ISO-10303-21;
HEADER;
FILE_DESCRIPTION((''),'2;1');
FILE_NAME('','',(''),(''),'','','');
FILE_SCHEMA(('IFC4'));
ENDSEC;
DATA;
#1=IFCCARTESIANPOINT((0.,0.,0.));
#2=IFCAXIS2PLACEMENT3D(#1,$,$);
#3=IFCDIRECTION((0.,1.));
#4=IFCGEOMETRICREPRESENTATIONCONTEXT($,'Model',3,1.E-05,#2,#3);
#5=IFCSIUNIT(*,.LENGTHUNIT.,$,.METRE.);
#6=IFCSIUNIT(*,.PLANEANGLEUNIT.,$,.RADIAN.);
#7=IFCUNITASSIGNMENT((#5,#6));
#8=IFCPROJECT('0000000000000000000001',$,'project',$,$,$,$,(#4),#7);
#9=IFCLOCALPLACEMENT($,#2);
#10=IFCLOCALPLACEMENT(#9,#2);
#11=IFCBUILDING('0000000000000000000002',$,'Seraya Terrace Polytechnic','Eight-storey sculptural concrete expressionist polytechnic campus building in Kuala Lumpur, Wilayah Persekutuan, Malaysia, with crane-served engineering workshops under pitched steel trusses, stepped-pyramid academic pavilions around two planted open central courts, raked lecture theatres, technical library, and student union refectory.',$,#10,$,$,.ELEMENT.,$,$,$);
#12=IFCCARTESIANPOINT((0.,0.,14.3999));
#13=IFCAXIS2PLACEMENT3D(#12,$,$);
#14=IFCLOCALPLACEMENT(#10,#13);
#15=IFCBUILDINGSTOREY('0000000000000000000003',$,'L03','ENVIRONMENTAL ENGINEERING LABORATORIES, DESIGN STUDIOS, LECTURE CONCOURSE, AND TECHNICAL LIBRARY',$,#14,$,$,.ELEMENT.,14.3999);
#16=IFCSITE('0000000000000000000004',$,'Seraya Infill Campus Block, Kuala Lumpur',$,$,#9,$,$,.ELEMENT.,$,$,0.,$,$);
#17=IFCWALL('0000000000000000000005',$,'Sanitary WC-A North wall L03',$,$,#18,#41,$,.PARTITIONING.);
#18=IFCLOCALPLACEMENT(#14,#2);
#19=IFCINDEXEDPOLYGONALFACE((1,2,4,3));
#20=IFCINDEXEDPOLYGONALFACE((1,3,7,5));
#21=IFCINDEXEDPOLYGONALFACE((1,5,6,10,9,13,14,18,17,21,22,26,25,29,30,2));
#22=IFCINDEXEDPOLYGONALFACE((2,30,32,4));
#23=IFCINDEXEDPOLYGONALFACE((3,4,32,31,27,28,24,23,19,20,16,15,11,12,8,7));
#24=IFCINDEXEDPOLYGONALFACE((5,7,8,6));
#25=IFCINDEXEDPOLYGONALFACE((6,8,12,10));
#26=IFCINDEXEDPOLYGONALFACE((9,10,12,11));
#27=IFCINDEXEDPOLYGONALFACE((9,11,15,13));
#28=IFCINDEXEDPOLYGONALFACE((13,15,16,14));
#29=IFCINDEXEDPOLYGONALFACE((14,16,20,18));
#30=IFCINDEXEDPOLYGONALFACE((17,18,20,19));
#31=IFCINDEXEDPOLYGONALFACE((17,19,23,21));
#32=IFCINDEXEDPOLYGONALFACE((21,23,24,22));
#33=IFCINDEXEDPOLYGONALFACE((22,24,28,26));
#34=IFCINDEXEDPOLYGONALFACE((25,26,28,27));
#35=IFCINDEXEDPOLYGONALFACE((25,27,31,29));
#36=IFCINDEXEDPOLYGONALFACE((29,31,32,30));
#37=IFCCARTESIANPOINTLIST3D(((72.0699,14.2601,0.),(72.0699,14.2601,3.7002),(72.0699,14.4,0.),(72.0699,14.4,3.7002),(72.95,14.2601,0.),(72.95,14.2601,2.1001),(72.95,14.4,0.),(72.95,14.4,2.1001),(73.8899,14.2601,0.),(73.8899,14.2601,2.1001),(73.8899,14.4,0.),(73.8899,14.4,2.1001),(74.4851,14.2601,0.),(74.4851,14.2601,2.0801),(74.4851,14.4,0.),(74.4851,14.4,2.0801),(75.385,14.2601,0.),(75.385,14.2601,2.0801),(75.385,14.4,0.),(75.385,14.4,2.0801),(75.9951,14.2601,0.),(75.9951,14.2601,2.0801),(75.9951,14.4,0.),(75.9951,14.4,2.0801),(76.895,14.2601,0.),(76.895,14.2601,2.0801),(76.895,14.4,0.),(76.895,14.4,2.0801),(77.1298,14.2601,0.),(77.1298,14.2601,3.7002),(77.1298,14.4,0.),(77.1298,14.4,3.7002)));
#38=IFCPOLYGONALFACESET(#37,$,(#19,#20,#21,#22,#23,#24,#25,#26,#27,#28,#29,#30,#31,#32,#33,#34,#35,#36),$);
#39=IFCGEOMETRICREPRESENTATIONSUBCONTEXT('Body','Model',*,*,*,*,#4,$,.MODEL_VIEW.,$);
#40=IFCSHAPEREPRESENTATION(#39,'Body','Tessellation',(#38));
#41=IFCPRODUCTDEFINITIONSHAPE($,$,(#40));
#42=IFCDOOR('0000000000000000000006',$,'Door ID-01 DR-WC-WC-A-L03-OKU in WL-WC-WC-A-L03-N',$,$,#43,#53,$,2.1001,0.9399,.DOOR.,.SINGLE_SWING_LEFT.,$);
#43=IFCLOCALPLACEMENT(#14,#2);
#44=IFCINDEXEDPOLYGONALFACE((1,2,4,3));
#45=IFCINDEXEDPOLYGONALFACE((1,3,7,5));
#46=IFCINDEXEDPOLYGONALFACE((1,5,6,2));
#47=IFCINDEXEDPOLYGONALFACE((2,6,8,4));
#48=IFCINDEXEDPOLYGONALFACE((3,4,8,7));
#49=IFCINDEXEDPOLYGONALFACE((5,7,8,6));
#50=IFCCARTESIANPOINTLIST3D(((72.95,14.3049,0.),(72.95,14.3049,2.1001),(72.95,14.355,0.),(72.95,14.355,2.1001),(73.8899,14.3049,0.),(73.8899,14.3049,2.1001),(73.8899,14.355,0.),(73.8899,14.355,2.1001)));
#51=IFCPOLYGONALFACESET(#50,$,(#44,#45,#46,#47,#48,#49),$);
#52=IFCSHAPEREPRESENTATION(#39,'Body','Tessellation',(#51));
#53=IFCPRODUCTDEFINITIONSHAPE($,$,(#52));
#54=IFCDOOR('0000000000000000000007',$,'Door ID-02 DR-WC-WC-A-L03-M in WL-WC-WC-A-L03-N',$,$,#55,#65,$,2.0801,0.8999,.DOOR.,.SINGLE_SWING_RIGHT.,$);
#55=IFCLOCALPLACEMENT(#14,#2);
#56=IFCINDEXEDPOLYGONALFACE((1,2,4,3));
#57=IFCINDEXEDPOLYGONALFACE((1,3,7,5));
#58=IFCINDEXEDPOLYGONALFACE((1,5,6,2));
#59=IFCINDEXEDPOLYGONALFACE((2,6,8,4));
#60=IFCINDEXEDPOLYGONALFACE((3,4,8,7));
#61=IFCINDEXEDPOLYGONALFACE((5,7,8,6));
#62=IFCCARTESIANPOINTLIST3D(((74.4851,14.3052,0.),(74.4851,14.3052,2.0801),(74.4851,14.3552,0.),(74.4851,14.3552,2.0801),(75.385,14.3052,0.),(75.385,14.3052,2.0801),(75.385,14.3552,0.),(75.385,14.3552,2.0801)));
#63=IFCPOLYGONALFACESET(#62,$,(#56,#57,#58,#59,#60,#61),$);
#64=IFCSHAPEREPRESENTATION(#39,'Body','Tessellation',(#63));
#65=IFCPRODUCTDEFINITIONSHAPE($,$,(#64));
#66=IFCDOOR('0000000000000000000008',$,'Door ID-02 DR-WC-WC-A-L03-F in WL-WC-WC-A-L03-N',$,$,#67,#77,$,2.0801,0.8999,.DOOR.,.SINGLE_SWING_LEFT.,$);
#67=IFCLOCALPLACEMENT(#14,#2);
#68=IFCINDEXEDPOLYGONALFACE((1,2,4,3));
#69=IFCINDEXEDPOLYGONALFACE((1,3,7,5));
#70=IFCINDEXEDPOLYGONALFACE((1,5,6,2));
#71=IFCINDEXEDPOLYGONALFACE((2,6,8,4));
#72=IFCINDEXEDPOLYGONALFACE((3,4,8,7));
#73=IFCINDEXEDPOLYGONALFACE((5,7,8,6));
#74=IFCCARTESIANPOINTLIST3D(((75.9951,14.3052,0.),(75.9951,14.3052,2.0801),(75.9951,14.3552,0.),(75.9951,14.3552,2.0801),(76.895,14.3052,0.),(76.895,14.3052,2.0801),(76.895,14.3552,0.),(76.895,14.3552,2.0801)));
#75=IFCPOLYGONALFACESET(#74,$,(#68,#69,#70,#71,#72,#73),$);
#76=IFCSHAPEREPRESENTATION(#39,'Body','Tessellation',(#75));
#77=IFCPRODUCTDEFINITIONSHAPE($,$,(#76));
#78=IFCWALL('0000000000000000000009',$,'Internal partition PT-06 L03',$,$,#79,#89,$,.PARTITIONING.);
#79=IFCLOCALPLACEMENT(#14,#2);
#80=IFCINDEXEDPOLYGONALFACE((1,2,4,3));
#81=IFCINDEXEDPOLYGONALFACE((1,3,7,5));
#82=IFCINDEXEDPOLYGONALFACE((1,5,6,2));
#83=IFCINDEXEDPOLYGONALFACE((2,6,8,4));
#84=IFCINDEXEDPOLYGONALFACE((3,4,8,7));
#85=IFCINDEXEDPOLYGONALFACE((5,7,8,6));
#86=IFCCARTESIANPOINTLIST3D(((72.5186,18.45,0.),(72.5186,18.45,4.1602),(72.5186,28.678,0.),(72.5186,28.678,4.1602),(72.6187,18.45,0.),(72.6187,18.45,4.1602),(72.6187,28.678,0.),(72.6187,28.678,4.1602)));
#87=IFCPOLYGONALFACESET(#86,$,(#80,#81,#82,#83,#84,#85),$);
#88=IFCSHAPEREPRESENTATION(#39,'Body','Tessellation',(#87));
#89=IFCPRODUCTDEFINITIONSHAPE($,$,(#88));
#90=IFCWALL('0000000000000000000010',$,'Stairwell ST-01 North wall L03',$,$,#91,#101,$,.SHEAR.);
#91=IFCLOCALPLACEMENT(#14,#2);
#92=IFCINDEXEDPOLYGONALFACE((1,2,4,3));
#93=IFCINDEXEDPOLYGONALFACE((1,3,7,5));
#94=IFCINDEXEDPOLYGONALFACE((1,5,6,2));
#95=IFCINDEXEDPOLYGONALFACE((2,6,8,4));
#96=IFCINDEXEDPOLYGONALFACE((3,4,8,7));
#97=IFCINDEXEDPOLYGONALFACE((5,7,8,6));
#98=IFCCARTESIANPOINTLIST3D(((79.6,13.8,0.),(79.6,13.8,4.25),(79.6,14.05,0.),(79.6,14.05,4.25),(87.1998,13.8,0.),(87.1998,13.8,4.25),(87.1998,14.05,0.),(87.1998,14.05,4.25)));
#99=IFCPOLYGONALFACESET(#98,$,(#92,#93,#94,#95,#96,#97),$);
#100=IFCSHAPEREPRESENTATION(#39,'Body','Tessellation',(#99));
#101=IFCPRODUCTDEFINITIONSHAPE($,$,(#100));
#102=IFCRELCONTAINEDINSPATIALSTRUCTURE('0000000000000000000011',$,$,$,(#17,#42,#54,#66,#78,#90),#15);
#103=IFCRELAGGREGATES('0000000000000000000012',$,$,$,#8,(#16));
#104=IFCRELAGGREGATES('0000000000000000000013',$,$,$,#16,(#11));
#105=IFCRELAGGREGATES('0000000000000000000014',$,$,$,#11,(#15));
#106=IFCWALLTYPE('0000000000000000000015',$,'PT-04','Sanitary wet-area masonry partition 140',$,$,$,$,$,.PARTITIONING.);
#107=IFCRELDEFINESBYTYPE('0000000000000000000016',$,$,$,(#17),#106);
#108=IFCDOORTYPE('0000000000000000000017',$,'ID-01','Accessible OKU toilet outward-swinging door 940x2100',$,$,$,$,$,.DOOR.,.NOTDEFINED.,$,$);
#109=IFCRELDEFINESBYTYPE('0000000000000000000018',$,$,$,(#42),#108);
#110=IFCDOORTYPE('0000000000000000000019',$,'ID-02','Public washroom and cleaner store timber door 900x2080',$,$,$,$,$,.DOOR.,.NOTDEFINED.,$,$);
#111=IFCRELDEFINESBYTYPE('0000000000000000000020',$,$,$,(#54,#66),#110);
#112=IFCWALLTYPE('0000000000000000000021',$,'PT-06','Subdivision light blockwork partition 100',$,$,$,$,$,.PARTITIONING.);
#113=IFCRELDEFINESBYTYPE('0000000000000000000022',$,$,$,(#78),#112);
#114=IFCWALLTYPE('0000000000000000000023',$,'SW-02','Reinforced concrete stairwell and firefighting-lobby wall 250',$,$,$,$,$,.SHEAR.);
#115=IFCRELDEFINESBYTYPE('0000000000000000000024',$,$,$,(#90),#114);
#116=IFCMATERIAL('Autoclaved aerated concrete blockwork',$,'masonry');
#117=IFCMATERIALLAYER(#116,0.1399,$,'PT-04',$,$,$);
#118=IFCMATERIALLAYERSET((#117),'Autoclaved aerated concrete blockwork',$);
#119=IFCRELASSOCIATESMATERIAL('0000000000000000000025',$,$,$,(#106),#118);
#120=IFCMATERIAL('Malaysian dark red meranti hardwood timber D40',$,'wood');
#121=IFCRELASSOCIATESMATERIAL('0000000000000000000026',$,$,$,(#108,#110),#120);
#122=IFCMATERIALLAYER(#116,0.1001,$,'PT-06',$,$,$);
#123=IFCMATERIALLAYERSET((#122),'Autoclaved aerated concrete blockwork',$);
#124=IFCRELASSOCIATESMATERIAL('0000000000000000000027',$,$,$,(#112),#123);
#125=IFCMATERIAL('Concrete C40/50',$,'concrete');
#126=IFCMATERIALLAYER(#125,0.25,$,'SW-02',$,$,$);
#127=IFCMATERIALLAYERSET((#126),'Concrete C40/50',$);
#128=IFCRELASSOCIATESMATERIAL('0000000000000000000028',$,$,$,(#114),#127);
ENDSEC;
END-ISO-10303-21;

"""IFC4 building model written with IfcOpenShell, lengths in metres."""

from ifc_helpers import new_model, si_unit, direction, frame, frame_2d, origin, place, context, subcontext, project, spatial, rectangle, extrude, material, layer, layer_set, type_object, element, fill, save


model = new_model("IFC4")

# Units and contexts
model_context = context("Model", 3, precision=1e-05, world=origin(), true_north=direction((0.0, 1.0)))
body_context = subcontext(model_context, "Body", "Model", "MODEL_VIEW")
ifc_project = project(units=[si_unit("LENGTHUNIT", "METRE"), si_unit("PLANEANGLEUNIT", "RADIAN")], contexts=[model_context])

# Site, building, storey
site_placement = place(None, origin())
site = spatial("IfcSite", under=ifc_project, at=site_placement, Name="Seraya Infill Campus Block, Kuala Lumpur", CompositionType="ELEMENT", RefElevation=0.0)
building_placement = place(site_placement, origin())
building = spatial("IfcBuilding", under=site, at=building_placement, Name="Seraya Terrace Polytechnic", Description="Eight-storey sculptural concrete expressionist polytechnic campus building in Kuala Lumpur, Wilayah Persekutuan, Malaysia, with crane-served engineering workshops under pitched steel trusses, stepped-pyramid academic pavilions around two planted open central courts, raked lecture theatres, technical library, and student union refectory.", CompositionType="ELEMENT")
storey_placement = place(building_placement, frame((0.0, 0.0, 14.3999)))
storey = spatial("IfcBuildingStorey", under=building, at=storey_placement, Name="L03", Description="ENVIRONMENTAL ENGINEERING LABORATORIES, DESIGN STUDIOS, LECTURE CONCOURSE, AND TECHNICAL LIBRARY", CompositionType="ELEMENT", Elevation=14.3999)

# Shared definitions
ifc_material_1 = material(Name="Concrete C40/50", Category="concrete")

# Shared definitions
ifc_material_2 = material(Name="Autoclaved aerated concrete blockwork", Category="masonry")
ifc_material_3 = material(Name="Malaysian dark red meranti hardwood timber D40", Category="wood")

# Wall, openings, doors
ifc_layer_1 = layer(ifc_material_2, 0.1399, Name="PT-04")
ifc_layer_set_1 = layer_set([ifc_layer_1], Name="Autoclaved aerated concrete blockwork")
wall_type_1 = type_object("IfcWallType", Name="PT-04", Description="Sanitary wet-area masonry partition 140", PredefinedType="PARTITIONING", material=ifc_layer_set_1)
wall_1_placement = place(storey_placement, frame((72.0701, 14.3301, 0.0), z_axis=(0.0, 0.0, 1.0), x_axis=(1.0, 0.0, 0.0)))
wall_1 = element("IfcWall", 1, at=wall_1_placement, inside=storey, type_object=wall_type_1, Name="Sanitary WC-A North wall L03", PredefinedType="PARTITIONING", context=body_context, shape_type="SweptSolid", body=[
    extrude(rectangle(XDim=5.0598, YDim=0.1399, at=frame_2d((2.5298, 0.0))), origin(), (0.0, 0.0, 1.0), 3.7002),
])
opening_1_placement = place(wall_1_placement, frame((0.8799, 0.0, 0.0)))
opening_1 = element("IfcOpeningElement", 2, at=opening_1_placement, cuts=wall_1, PredefinedType="OPENING", context=body_context, shape_type="SweptSolid", body=[
    extrude(rectangle(XDim=0.9399, YDim=2.1001, at=frame_2d((0.47, 1.05))), frame((0.0, 0.082, 0.0), z_axis=(0.0, -1.0, 0.0), x_axis=(1.0, 0.0, 0.0)), (0.0, 0.0, 1.0), 0.1638),
])
opening_2_placement = place(wall_1_placement, frame((2.415, 0.0, 0.0)))
opening_2 = element("IfcOpeningElement", 3, at=opening_2_placement, cuts=wall_1, PredefinedType="OPENING", context=body_context, shape_type="SweptSolid", body=[
    extrude(rectangle(XDim=0.8999, YDim=2.0801, at=frame_2d((0.45, 1.04))), frame((0.0, 0.082, 0.0), z_axis=(0.0, -1.0, 0.0), x_axis=(1.0, 0.0, 0.0)), (0.0, 0.0, 1.0), 0.1638),
])
opening_3_placement = place(wall_1_placement, frame((3.925, 0.0, 0.0)))
opening_3 = element("IfcOpeningElement", 4, at=opening_3_placement, cuts=wall_1, PredefinedType="OPENING", context=body_context, shape_type="SweptSolid", body=[
    extrude(rectangle(XDim=0.8999, YDim=2.0801, at=frame_2d((0.45, 1.04))), frame((0.0, 0.082, 0.0), z_axis=(0.0, -1.0, 0.0), x_axis=(1.0, 0.0, 0.0)), (0.0, 0.0, 1.0), 0.1638),
])
door_type_1 = type_object("IfcDoorType", Name="ID-01", Description="Accessible OKU toilet outward-swinging door 940x2100", OperationType="NOTDEFINED", PredefinedType="DOOR", material=ifc_material_3)
door_1_placement = place(opening_1_placement, origin())
door_1 = element("IfcDoor", 5, at=door_1_placement, inside=storey, type_object=door_type_1, Name="Door ID-01 DR-WC-WC-A-L03-OKU in WL-WC-WC-A-L03-N", OperationType="SINGLE_SWING_LEFT", OverallHeight=2.1001, OverallWidth=0.9399, PredefinedType="DOOR", context=body_context, shape_type="SweptSolid", body=[
    extrude(rectangle(XDim=0.9399, YDim=2.1001, at=frame_2d((0.47, 1.05))), frame((0.0, 0.0249, 0.0), z_axis=(0.0, -1.0, 0.0), x_axis=(1.0, 0.0, 0.0)), (0.0, 0.0, 1.0), 0.05),
])
fill(opening_1, door_1)
door_type_2 = type_object("IfcDoorType", Name="ID-02", Description="Public washroom and cleaner store timber door 900x2080", OperationType="NOTDEFINED", PredefinedType="DOOR", material=ifc_material_3)
door_2_placement = place(opening_2_placement, frame((0.8999, 0.0, 0.0), z_axis=(0.0, 0.0, 1.0), x_axis=(-1.0, 0.0, 0.0)))
door_2 = element("IfcDoor", 6, at=door_2_placement, inside=storey, type_object=door_type_2, Name="Door ID-02 DR-WC-WC-A-L03-M in WL-WC-WC-A-L03-N", OperationType="SINGLE_SWING_RIGHT", OverallHeight=2.0801, OverallWidth=0.8999, PredefinedType="DOOR", context=body_context, shape_type="SweptSolid", body=[
    extrude(rectangle(XDim=0.8999, YDim=2.0801, at=frame_2d((0.45, 1.04))), frame((0.0, 0.0249, 0.0), z_axis=(0.0, -1.0, 0.0), x_axis=(1.0, 0.0, 0.0)), (0.0, 0.0, 1.0), 0.05),
])
fill(opening_2, door_2)
door_3_placement = place(opening_3_placement, frame((0.8999, 0.0, 0.0), z_axis=(0.0, 0.0, 1.0), x_axis=(-1.0, 0.0, 0.0)))
door_3 = element("IfcDoor", 7, at=door_3_placement, inside=storey, type_object=door_type_2, Name="Door ID-02 DR-WC-WC-A-L03-F in WL-WC-WC-A-L03-N", OperationType="SINGLE_SWING_LEFT", OverallHeight=2.0801, OverallWidth=0.8999, PredefinedType="DOOR", context=body_context, shape_type="SweptSolid", body=[
    extrude(rectangle(XDim=0.8999, YDim=2.0801, at=frame_2d((0.45, 1.04))), frame((0.0, 0.0249, 0.0), z_axis=(0.0, -1.0, 0.0), x_axis=(1.0, 0.0, 0.0)), (0.0, 0.0, 1.0), 0.05),
])
fill(opening_3, door_3)

# Walls
ifc_layer_2 = layer(ifc_material_2, 0.1001, Name="PT-06")
ifc_layer_set_2 = layer_set([ifc_layer_2], Name="Autoclaved aerated concrete blockwork")
wall_type_2 = type_object("IfcWallType", Name="PT-06", Description="Subdivision light blockwork partition 100", PredefinedType="PARTITIONING", material=ifc_layer_set_2)
wall_2_placement = place(storey_placement, frame((72.5686, 18.45, 0.0), z_axis=(0.0, 0.0, 1.0), x_axis=(0.0, 1.0, 0.0)))
element("IfcWall", 8, at=wall_2_placement, inside=storey, type_object=wall_type_2, Name="Internal partition PT-06 L03", PredefinedType="PARTITIONING", context=body_context, shape_type="SweptSolid", body=[
    extrude(rectangle(XDim=10.228, YDim=0.1001, at=frame_2d((5.114, 0.0))), origin(), (0.0, 0.0, 1.0), 4.1602),
])
ifc_layer_3 = layer(ifc_material_1, 0.25, Name="SW-02")
ifc_layer_set_3 = layer_set([ifc_layer_3], Name="Concrete C40/50")
wall_type_3 = type_object("IfcWallType", Name="SW-02", Description="Reinforced concrete stairwell and firefighting-lobby wall 250", PredefinedType="SHEAR", material=ifc_layer_set_3)
wall_3_placement = place(storey_placement, frame((79.6001, 13.925, 0.0), z_axis=(0.0, 0.0, 1.0), x_axis=(1.0, 0.0, 0.0)))
element("IfcWall", 9, at=wall_3_placement, inside=storey, type_object=wall_type_3, Name="Stairwell ST-01 North wall L03", PredefinedType="SHEAR", context=body_context, shape_type="SweptSolid", body=[
    extrude(rectangle(XDim=7.5999, YDim=0.25, at=frame_2d((3.7998, 0.0))), origin(), (0.0, 0.0, 1.0), 4.25),
])

save(model, "model.ifc")
